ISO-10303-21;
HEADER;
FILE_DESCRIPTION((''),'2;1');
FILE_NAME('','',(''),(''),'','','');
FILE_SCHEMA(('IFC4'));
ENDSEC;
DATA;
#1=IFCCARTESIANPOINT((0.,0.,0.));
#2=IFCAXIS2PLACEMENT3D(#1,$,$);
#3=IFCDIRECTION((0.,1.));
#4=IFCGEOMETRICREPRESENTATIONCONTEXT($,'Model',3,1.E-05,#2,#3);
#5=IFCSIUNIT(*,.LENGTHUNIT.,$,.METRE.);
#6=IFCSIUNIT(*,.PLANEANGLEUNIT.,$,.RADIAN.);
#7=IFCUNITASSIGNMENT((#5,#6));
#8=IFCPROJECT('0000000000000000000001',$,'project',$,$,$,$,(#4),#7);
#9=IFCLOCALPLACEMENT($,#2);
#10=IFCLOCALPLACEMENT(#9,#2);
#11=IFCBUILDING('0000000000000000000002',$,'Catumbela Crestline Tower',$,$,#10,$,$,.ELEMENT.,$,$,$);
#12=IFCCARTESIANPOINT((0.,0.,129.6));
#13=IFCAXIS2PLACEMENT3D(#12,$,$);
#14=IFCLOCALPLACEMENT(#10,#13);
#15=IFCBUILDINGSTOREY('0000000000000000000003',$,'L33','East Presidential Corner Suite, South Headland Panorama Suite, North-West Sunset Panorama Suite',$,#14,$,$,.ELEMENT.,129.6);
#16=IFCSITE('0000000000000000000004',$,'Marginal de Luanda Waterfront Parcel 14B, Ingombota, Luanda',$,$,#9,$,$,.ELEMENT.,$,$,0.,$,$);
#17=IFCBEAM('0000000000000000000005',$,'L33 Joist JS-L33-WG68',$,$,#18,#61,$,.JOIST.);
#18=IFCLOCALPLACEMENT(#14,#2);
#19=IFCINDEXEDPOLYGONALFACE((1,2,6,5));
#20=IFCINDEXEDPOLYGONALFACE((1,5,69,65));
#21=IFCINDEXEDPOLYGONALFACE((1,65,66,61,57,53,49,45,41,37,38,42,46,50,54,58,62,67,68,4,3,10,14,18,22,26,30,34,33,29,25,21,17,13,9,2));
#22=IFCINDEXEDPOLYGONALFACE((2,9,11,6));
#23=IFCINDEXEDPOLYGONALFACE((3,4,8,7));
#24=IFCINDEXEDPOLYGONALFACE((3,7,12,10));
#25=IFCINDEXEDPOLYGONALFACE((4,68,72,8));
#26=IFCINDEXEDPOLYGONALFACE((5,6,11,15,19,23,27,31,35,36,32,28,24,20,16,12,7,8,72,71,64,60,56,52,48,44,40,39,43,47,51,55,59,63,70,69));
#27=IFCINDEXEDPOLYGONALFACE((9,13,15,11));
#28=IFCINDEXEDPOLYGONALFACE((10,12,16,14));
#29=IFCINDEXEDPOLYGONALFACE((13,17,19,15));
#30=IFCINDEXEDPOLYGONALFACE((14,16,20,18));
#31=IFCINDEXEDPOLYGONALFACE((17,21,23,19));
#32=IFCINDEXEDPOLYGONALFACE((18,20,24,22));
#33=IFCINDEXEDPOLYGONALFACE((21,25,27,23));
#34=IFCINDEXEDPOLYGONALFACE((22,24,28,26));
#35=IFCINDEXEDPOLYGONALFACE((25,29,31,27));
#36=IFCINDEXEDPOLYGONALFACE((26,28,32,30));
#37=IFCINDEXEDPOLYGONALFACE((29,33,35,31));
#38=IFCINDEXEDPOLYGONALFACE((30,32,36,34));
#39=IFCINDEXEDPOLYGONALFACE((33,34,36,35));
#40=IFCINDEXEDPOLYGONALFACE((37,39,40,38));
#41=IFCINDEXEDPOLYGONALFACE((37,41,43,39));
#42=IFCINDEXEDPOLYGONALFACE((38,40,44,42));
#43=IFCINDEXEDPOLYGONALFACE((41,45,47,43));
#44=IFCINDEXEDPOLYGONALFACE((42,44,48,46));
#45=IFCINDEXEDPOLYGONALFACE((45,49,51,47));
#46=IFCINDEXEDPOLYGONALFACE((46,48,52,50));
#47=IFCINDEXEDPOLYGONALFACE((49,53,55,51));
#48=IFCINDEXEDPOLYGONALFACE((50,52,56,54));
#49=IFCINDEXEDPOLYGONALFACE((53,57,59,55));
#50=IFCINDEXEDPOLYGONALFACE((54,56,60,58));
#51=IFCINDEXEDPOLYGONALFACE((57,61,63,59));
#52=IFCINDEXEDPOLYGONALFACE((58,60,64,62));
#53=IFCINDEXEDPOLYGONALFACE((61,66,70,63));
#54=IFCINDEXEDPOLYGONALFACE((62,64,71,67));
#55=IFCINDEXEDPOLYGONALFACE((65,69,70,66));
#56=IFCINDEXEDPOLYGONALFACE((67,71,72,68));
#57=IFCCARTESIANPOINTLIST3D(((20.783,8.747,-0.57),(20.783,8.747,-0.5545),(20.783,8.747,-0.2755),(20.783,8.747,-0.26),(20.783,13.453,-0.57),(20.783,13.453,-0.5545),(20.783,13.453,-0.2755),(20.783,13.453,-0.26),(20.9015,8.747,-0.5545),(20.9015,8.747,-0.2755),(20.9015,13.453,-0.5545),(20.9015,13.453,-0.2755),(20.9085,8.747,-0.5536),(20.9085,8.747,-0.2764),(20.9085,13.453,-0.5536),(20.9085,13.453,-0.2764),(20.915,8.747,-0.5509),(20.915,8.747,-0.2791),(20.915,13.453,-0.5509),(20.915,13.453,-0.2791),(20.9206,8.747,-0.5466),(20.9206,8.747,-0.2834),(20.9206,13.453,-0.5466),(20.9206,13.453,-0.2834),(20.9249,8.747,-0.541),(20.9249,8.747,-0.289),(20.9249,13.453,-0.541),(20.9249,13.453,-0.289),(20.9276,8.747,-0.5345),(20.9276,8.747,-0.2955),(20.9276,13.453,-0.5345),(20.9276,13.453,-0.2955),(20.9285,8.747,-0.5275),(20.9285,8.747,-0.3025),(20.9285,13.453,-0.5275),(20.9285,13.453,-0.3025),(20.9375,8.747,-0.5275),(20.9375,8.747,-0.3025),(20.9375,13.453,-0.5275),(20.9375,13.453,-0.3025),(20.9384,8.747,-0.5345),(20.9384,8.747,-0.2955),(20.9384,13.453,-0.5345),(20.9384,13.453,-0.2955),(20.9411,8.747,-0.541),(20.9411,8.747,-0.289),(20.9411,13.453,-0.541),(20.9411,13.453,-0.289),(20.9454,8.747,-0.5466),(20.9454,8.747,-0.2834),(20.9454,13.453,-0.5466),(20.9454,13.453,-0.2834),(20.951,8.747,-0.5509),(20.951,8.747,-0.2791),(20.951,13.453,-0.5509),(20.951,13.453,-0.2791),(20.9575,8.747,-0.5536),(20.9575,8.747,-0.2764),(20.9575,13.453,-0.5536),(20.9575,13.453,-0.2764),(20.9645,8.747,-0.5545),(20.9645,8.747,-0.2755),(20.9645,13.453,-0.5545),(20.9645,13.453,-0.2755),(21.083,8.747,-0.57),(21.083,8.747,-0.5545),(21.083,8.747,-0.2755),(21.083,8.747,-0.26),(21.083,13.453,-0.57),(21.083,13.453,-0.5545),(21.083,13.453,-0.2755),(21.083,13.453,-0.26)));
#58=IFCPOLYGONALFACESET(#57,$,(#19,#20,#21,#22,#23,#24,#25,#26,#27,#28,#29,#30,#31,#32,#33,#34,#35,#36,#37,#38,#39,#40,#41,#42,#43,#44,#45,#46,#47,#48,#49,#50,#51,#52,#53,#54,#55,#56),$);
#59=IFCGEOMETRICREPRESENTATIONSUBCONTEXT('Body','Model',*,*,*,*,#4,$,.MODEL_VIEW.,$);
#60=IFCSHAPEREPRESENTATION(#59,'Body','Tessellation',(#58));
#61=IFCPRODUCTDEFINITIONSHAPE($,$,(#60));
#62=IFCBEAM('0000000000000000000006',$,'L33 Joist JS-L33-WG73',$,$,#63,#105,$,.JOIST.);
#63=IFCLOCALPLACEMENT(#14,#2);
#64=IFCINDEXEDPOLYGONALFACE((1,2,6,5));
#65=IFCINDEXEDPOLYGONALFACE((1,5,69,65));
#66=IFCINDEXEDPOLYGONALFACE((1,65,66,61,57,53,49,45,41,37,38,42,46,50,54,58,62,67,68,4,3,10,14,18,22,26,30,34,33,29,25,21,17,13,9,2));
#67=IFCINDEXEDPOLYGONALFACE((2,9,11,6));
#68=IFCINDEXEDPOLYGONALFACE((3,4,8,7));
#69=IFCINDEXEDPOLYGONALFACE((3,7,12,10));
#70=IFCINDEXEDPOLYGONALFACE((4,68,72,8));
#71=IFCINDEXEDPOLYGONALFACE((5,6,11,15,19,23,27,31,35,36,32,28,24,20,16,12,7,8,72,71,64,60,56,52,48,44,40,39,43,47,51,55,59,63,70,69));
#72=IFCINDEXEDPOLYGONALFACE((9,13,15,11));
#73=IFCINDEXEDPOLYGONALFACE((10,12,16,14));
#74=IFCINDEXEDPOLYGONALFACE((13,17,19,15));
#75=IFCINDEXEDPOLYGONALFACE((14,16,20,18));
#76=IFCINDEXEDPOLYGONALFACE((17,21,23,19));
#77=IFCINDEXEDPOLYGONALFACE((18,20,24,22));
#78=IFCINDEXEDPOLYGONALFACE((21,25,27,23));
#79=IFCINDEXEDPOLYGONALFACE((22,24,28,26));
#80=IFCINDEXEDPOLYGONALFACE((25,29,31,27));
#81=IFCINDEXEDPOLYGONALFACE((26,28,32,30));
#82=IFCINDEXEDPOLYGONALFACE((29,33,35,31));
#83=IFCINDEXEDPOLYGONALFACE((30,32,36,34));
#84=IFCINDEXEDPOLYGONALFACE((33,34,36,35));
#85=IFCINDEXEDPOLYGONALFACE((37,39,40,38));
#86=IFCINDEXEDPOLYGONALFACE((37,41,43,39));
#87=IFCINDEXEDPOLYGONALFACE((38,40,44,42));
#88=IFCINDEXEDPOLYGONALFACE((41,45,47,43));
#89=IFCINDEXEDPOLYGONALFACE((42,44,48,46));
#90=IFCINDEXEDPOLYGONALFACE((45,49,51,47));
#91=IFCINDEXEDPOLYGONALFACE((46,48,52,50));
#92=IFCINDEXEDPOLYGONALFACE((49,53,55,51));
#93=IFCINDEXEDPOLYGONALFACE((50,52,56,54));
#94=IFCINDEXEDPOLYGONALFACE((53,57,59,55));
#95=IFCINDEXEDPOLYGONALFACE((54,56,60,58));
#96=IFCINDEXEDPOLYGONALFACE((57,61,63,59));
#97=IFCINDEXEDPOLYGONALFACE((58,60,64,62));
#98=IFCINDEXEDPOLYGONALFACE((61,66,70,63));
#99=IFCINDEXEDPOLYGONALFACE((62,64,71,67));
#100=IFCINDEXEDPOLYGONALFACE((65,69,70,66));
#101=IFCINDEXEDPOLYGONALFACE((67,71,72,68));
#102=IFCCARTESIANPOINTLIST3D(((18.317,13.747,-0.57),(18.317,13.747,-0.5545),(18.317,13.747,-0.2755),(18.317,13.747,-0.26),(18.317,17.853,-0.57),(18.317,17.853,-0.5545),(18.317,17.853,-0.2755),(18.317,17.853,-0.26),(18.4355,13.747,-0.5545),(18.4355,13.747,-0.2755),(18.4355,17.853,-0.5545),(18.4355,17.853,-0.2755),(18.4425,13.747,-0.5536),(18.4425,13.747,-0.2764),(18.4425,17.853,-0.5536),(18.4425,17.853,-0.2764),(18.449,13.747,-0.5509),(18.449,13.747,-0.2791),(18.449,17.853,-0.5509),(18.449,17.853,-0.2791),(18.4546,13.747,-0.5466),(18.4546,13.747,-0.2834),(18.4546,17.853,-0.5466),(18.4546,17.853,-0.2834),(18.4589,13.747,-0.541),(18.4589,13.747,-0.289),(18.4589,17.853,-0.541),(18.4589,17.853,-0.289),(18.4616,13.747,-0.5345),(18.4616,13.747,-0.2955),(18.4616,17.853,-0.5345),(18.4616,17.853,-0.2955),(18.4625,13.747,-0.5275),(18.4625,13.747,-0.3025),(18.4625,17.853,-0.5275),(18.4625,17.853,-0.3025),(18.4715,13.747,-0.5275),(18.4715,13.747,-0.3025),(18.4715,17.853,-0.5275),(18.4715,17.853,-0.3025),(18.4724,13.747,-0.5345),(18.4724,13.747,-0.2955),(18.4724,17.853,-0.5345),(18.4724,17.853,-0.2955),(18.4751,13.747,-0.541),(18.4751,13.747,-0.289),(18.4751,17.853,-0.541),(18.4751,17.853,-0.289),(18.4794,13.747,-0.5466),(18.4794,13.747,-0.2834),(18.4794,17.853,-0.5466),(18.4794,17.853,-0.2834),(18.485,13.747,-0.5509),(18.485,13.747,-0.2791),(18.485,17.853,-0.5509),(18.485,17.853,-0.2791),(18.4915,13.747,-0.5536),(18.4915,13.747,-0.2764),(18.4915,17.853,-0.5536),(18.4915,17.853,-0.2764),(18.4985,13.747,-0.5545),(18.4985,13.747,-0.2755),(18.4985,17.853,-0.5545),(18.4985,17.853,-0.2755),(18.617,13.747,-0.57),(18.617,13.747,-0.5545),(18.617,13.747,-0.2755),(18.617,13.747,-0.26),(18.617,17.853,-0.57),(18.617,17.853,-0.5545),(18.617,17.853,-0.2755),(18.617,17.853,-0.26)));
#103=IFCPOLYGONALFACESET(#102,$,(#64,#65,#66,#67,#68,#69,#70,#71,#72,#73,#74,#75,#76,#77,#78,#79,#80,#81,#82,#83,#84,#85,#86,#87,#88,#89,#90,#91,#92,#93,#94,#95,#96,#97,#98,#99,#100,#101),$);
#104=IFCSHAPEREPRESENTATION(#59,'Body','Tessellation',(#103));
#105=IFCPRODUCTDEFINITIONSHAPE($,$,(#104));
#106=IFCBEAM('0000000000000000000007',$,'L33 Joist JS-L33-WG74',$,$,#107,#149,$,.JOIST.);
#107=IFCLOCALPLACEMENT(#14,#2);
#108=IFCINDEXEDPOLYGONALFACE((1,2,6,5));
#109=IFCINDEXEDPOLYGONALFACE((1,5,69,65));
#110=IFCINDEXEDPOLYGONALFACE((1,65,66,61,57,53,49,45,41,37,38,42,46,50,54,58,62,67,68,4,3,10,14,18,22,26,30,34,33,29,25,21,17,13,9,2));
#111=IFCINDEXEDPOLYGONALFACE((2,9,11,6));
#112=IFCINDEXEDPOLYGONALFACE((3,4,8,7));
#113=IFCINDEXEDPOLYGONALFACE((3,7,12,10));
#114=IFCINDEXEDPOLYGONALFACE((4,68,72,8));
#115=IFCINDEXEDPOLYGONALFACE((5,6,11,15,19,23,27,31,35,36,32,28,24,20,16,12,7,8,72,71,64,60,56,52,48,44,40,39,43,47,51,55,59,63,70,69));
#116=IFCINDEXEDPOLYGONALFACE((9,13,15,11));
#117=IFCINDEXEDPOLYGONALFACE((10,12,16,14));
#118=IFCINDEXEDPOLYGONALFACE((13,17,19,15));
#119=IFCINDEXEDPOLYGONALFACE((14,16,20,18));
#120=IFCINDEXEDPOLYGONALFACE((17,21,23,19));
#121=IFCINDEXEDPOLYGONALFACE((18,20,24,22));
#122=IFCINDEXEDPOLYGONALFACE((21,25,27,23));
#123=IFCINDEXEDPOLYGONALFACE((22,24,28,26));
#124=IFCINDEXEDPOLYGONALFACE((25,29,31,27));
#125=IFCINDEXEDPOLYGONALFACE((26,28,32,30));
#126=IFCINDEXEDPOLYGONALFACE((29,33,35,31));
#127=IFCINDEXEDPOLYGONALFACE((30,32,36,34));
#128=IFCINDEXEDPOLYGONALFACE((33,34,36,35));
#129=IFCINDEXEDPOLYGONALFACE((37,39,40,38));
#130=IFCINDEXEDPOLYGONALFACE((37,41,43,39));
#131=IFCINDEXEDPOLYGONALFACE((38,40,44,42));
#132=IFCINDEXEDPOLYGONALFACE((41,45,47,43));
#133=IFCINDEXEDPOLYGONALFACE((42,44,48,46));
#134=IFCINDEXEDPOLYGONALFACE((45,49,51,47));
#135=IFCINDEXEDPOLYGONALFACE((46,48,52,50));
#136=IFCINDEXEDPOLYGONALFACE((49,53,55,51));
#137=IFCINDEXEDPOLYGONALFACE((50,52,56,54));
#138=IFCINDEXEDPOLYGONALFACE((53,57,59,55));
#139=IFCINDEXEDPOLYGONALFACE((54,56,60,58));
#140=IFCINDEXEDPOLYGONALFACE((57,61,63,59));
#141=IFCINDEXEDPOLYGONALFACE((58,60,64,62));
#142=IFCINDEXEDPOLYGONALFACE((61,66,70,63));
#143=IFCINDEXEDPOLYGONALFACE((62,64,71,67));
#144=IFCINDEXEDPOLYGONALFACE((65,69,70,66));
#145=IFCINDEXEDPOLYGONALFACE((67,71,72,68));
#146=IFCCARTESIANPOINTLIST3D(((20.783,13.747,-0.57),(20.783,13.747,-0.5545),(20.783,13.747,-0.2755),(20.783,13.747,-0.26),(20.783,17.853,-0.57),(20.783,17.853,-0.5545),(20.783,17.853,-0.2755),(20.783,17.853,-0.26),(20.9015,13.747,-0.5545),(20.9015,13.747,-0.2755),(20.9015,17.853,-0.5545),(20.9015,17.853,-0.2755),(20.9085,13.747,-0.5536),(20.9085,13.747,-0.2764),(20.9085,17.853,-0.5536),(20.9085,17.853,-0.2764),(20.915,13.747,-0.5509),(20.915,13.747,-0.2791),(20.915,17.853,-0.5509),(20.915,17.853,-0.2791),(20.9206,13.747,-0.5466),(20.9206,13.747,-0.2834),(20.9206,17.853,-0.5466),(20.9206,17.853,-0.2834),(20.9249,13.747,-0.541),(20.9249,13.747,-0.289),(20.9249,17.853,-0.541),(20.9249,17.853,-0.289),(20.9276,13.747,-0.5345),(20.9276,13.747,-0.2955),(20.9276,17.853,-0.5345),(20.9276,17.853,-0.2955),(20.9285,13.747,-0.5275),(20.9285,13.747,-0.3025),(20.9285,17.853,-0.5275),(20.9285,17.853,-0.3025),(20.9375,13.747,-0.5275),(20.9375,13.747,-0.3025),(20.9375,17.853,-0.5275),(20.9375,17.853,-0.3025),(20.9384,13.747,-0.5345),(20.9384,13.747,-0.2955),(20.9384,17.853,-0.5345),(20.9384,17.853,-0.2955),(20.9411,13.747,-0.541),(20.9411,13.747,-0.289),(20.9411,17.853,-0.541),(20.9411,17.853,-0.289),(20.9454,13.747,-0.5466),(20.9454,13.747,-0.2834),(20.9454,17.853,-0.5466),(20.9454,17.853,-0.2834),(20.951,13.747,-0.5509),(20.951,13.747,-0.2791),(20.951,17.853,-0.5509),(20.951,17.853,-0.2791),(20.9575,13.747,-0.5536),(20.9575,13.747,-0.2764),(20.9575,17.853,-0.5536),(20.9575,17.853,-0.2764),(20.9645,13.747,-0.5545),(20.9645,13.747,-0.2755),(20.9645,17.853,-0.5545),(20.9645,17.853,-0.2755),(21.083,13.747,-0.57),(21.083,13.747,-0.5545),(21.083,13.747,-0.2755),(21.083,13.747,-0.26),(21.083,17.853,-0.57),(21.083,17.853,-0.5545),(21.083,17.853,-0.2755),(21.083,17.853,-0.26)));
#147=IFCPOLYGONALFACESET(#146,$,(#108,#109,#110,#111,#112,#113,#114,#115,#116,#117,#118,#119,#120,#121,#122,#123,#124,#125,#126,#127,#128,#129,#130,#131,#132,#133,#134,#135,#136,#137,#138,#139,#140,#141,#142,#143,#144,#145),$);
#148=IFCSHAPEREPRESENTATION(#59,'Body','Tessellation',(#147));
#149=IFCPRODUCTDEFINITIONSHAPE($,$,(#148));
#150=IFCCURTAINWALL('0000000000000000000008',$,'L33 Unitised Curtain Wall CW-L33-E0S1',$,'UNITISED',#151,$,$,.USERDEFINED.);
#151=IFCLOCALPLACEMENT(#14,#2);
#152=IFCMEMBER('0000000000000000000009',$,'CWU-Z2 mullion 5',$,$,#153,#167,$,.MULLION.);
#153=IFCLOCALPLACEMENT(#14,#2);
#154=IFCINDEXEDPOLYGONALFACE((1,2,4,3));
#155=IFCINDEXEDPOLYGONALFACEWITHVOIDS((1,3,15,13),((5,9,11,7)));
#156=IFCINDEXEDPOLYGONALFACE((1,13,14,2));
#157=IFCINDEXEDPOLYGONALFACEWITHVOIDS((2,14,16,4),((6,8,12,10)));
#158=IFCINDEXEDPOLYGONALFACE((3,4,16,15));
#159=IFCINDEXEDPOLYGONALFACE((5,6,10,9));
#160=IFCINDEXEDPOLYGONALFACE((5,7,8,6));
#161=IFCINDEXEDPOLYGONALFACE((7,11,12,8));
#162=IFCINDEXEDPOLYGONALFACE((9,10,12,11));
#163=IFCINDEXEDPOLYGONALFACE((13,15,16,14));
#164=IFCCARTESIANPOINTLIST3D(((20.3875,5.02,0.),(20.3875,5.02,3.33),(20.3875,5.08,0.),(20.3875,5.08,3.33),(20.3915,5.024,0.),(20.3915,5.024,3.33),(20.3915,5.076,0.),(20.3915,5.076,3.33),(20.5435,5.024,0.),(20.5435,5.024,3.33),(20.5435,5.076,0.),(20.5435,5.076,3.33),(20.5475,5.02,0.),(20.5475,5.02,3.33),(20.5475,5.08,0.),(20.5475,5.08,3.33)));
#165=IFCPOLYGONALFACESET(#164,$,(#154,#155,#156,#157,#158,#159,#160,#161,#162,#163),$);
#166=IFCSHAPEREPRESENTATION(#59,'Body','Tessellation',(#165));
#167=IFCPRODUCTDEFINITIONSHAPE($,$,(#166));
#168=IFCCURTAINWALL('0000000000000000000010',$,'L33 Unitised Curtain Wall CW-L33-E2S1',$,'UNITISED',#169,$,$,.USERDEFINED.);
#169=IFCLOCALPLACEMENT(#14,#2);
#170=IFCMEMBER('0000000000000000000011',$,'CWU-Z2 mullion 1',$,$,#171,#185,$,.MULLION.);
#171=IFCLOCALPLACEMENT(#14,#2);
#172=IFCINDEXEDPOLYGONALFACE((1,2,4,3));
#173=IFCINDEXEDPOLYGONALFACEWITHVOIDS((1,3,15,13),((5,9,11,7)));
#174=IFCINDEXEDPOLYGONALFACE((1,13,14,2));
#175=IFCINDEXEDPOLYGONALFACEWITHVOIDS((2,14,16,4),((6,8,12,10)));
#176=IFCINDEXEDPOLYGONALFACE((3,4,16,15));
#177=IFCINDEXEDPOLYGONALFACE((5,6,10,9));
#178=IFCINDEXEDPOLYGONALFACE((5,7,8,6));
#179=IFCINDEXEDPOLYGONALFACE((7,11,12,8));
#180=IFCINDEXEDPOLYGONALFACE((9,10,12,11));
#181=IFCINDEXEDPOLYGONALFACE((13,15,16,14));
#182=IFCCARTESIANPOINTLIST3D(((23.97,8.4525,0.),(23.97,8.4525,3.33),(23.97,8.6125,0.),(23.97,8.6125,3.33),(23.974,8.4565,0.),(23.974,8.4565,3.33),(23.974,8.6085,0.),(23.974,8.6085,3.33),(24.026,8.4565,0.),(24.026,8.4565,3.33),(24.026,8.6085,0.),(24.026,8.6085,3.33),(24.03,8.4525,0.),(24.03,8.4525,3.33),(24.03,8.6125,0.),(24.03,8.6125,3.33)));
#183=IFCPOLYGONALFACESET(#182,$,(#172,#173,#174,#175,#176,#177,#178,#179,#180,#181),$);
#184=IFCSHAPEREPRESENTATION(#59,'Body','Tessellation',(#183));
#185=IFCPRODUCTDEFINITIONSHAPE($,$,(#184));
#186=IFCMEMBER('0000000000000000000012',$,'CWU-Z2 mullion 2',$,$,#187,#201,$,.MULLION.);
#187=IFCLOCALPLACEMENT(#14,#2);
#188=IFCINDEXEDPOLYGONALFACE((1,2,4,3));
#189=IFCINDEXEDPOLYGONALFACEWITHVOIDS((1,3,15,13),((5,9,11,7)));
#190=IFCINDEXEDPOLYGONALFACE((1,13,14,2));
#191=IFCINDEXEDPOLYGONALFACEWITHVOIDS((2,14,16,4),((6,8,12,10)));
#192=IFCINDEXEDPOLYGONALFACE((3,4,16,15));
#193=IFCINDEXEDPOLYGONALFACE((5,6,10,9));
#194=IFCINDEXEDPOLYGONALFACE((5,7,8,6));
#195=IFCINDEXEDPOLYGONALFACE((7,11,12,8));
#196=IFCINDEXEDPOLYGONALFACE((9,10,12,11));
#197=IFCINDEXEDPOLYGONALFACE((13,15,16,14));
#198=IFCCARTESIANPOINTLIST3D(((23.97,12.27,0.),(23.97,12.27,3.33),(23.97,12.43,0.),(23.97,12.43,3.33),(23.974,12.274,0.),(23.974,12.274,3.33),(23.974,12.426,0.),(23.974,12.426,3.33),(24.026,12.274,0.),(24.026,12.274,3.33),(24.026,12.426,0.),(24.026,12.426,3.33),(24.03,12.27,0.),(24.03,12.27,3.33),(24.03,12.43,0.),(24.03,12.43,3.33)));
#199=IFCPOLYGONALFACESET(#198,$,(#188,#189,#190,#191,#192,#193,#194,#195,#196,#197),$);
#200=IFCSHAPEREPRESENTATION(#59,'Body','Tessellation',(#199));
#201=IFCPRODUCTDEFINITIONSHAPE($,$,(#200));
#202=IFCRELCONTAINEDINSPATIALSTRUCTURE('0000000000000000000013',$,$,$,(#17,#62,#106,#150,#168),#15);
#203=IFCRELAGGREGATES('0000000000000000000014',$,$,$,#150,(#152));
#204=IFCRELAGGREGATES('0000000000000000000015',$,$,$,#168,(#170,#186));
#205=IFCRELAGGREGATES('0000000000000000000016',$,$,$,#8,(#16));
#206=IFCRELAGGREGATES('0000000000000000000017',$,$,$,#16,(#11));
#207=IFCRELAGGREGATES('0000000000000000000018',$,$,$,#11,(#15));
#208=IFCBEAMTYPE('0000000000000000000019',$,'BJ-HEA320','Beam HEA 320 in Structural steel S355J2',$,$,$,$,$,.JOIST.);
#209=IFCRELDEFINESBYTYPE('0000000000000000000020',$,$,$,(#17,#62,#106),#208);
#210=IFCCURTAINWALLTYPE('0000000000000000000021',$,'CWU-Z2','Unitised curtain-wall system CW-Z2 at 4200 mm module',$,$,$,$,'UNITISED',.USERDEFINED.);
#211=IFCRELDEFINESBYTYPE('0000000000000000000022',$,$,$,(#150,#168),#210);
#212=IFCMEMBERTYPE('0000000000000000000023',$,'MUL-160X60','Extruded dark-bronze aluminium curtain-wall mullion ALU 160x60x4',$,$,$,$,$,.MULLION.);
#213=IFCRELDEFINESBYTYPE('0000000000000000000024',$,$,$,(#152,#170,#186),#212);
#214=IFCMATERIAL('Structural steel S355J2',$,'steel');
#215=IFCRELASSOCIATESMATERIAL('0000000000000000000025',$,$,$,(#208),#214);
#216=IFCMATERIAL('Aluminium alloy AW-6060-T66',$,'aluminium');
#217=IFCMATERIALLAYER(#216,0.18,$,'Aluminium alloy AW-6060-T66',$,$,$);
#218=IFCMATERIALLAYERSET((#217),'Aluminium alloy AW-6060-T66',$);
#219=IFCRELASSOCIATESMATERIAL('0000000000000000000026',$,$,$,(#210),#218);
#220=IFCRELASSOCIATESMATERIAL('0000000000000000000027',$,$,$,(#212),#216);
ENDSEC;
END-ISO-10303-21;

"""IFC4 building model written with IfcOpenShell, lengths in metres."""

from ifc_helpers import new_model, si_unit, direction, frame, origin, origin_2d, place, context, subcontext, project, spatial, hollow_rectangle, i_section, extrude, material, layer, layer_set, material_profile, profile_set, type_object, element, aggregate, save


model = new_model("IFC4")

# Units and contexts
model_context = context("Model", 3, precision=1e-05, world=origin(), true_north=direction((0.0, 1.0)))
body_context = subcontext(model_context, "Body", "Model", "MODEL_VIEW")
ifc_project = project(units=[si_unit("LENGTHUNIT", "METRE"), si_unit("PLANEANGLEUNIT", "RADIAN")], contexts=[model_context])

# Site, building, storey
site_placement = place(None, origin())
site = spatial("IfcSite", under=ifc_project, at=site_placement, Name="Marginal de Luanda Waterfront Parcel 14B, Ingombota, Luanda", CompositionType="ELEMENT", RefElevation=0.0)
building_placement = place(site_placement, origin())
building = spatial("IfcBuilding", under=site, at=building_placement, Name="Catumbela Crestline Tower", CompositionType="ELEMENT")
storey_placement = place(building_placement, frame((0.0, 0.0, 129.6)))
storey = spatial("IfcBuildingStorey", under=building, at=storey_placement, Name="L33", Description="East Presidential Corner Suite, South Headland Panorama Suite, North-West Sunset Panorama Suite", CompositionType="ELEMENT", Elevation=129.6)

# Beams
ifc_material_1 = material(Name="Structural steel S355J2", Category="steel")
ifc_material_profile_1 = material_profile(ifc_material_1, i_section(OverallWidth=0.3, OverallDepth=0.31, WebThickness=0.009, FlangeThickness=0.0155, FilletRadius=0.027, at=origin_2d()), Name="HEA 320")
ifc_profile_set_1 = profile_set([ifc_material_profile_1], Name="Structural steel S355J2")
beam_type_1 = type_object("IfcBeamType", Name="BJ-HEA320", Description="Beam HEA 320 in Structural steel S355J2", PredefinedType="JOIST", material=ifc_profile_set_1)
for number, where, z_axis, x_axis, name in (
    (1, (20.933, 8.747, -0.415), (0.0, 1.0, 0.0), (-1.0, 0.0, 0.0), "L33 Joist JS-L33-WG68"),
):
    element("IfcBeam", number, at=place(storey_placement, frame(where, z_axis=z_axis, x_axis=x_axis)), inside=storey, type_object=beam_type_1, Name=name, PredefinedType="JOIST", context=body_context, shape_type="SweptSolid", body=[
        extrude(i_section(OverallWidth=0.3, OverallDepth=0.31, WebThickness=0.009, FlangeThickness=0.0155, FilletRadius=0.027, at=origin_2d()), origin(), (0.0, 0.0, 1.0), 4.706),
    ])
for number, where, z_axis, x_axis, name in (
    (2, (18.467, 13.747, -0.415), (0.0, 1.0, 0.0), (-1.0, 0.0, 0.0), "L33 Joist JS-L33-WG73"),
    (3, (20.933, 13.747, -0.415), (0.0, 1.0, 0.0), (-1.0, 0.0, 0.0), "L33 Joist JS-L33-WG74"),
):
    element("IfcBeam", number, at=place(storey_placement, frame(where, z_axis=z_axis, x_axis=x_axis)), inside=storey, type_object=beam_type_1, Name=name, PredefinedType="JOIST", context=body_context, shape_type="SweptSolid", body=[
        extrude(i_section(OverallWidth=0.3, OverallDepth=0.31, WebThickness=0.009, FlangeThickness=0.0155, FilletRadius=0.027, at=origin_2d()), origin(), (0.0, 0.0, 1.0), 4.106),
    ])

# Curtain wall, member
ifc_material_2 = material(Name="Aluminium alloy AW-6060-T66", Category="aluminium")
ifc_layer_1 = layer(ifc_material_2, 0.18, Name="Aluminium alloy AW-6060-T66")
ifc_layer_set_1 = layer_set([ifc_layer_1], Name="Aluminium alloy AW-6060-T66")
curtain_wall_type = type_object("IfcCurtainWallType", Name="CWU-Z2", Description="Unitised curtain-wall system CW-Z2 at 4200 mm module", ElementType="UNITISED", PredefinedType="USERDEFINED", material=ifc_layer_set_1)
curtain_wall_1_placement = place(storey_placement, origin())
curtain_wall_1 = element("IfcCurtainWall", 4, at=curtain_wall_1_placement, inside=storey, type_object=curtain_wall_type, Name="L33 Unitised Curtain Wall CW-L33-E0S1", ObjectType="UNITISED", PredefinedType="USERDEFINED")
ifc_material_profile_2 = material_profile(ifc_material_2, hollow_rectangle(XDim=0.06, YDim=0.16, WallThickness=0.004, at=origin_2d()), Name="ALU 160x60x4")
ifc_profile_set_2 = profile_set([ifc_material_profile_2], Name="Aluminium alloy AW-6060-T66")
member_type_1 = type_object("IfcMemberType", Name="MUL-160X60", Description="Extruded dark-bronze aluminium curtain-wall mullion ALU 160x60x4", PredefinedType="MULLION", material=ifc_profile_set_2)
member_1_placement = place(storey_placement, frame((20.4675, 5.05, 0.0), z_axis=(0.0, 0.0, 1.0), x_axis=(0.0, 1.0, 0.0)))
member_1 = element("IfcMember", 5, at=member_1_placement, type_object=member_type_1, Name="CWU-Z2 mullion 5", PredefinedType="MULLION", context=body_context, shape_type="SweptSolid", body=[
    extrude(hollow_rectangle(XDim=0.06, YDim=0.16, WallThickness=0.004, at=origin_2d()), origin(), (0.0, 0.0, 1.0), 3.33),
])

# Curtain wall, members
curtain_wall_2_placement = place(storey_placement, origin())
curtain_wall_2 = element("IfcCurtainWall", 6, at=curtain_wall_2_placement, inside=storey, type_object=curtain_wall_type, Name="L33 Unitised Curtain Wall CW-L33-E2S1", ObjectType="UNITISED", PredefinedType="USERDEFINED")
member_2_placement = place(storey_placement, frame((24.0, 8.5325, 0.0), z_axis=(0.0, 0.0, 1.0), x_axis=(-1.0, 0.0, 0.0)))
member_2 = element("IfcMember", 7, at=member_2_placement, type_object=member_type_1, Name="CWU-Z2 mullion 1", PredefinedType="MULLION", context=body_context, shape_type="SweptSolid", body=[
    extrude(hollow_rectangle(XDim=0.06, YDim=0.16, WallThickness=0.004, at=origin_2d()), origin(), (0.0, 0.0, 1.0), 3.33),
])
member_3_placement = place(storey_placement, frame((24.0, 12.35, 0.0), z_axis=(0.0, 0.0, 1.0), x_axis=(-1.0, 0.0, 0.0)))
member_3 = element("IfcMember", 8, at=member_3_placement, type_object=member_type_1, Name="CWU-Z2 mullion 2", PredefinedType="MULLION", context=body_context, shape_type="SweptSolid", body=[
    extrude(hollow_rectangle(XDim=0.06, YDim=0.16, WallThickness=0.004, at=origin_2d()), origin(), (0.0, 0.0, 1.0), 3.33),
])

aggregate(curtain_wall_1, [member_1])
aggregate(curtain_wall_2, [member_2, member_3])

save(model, "model.ifc")
